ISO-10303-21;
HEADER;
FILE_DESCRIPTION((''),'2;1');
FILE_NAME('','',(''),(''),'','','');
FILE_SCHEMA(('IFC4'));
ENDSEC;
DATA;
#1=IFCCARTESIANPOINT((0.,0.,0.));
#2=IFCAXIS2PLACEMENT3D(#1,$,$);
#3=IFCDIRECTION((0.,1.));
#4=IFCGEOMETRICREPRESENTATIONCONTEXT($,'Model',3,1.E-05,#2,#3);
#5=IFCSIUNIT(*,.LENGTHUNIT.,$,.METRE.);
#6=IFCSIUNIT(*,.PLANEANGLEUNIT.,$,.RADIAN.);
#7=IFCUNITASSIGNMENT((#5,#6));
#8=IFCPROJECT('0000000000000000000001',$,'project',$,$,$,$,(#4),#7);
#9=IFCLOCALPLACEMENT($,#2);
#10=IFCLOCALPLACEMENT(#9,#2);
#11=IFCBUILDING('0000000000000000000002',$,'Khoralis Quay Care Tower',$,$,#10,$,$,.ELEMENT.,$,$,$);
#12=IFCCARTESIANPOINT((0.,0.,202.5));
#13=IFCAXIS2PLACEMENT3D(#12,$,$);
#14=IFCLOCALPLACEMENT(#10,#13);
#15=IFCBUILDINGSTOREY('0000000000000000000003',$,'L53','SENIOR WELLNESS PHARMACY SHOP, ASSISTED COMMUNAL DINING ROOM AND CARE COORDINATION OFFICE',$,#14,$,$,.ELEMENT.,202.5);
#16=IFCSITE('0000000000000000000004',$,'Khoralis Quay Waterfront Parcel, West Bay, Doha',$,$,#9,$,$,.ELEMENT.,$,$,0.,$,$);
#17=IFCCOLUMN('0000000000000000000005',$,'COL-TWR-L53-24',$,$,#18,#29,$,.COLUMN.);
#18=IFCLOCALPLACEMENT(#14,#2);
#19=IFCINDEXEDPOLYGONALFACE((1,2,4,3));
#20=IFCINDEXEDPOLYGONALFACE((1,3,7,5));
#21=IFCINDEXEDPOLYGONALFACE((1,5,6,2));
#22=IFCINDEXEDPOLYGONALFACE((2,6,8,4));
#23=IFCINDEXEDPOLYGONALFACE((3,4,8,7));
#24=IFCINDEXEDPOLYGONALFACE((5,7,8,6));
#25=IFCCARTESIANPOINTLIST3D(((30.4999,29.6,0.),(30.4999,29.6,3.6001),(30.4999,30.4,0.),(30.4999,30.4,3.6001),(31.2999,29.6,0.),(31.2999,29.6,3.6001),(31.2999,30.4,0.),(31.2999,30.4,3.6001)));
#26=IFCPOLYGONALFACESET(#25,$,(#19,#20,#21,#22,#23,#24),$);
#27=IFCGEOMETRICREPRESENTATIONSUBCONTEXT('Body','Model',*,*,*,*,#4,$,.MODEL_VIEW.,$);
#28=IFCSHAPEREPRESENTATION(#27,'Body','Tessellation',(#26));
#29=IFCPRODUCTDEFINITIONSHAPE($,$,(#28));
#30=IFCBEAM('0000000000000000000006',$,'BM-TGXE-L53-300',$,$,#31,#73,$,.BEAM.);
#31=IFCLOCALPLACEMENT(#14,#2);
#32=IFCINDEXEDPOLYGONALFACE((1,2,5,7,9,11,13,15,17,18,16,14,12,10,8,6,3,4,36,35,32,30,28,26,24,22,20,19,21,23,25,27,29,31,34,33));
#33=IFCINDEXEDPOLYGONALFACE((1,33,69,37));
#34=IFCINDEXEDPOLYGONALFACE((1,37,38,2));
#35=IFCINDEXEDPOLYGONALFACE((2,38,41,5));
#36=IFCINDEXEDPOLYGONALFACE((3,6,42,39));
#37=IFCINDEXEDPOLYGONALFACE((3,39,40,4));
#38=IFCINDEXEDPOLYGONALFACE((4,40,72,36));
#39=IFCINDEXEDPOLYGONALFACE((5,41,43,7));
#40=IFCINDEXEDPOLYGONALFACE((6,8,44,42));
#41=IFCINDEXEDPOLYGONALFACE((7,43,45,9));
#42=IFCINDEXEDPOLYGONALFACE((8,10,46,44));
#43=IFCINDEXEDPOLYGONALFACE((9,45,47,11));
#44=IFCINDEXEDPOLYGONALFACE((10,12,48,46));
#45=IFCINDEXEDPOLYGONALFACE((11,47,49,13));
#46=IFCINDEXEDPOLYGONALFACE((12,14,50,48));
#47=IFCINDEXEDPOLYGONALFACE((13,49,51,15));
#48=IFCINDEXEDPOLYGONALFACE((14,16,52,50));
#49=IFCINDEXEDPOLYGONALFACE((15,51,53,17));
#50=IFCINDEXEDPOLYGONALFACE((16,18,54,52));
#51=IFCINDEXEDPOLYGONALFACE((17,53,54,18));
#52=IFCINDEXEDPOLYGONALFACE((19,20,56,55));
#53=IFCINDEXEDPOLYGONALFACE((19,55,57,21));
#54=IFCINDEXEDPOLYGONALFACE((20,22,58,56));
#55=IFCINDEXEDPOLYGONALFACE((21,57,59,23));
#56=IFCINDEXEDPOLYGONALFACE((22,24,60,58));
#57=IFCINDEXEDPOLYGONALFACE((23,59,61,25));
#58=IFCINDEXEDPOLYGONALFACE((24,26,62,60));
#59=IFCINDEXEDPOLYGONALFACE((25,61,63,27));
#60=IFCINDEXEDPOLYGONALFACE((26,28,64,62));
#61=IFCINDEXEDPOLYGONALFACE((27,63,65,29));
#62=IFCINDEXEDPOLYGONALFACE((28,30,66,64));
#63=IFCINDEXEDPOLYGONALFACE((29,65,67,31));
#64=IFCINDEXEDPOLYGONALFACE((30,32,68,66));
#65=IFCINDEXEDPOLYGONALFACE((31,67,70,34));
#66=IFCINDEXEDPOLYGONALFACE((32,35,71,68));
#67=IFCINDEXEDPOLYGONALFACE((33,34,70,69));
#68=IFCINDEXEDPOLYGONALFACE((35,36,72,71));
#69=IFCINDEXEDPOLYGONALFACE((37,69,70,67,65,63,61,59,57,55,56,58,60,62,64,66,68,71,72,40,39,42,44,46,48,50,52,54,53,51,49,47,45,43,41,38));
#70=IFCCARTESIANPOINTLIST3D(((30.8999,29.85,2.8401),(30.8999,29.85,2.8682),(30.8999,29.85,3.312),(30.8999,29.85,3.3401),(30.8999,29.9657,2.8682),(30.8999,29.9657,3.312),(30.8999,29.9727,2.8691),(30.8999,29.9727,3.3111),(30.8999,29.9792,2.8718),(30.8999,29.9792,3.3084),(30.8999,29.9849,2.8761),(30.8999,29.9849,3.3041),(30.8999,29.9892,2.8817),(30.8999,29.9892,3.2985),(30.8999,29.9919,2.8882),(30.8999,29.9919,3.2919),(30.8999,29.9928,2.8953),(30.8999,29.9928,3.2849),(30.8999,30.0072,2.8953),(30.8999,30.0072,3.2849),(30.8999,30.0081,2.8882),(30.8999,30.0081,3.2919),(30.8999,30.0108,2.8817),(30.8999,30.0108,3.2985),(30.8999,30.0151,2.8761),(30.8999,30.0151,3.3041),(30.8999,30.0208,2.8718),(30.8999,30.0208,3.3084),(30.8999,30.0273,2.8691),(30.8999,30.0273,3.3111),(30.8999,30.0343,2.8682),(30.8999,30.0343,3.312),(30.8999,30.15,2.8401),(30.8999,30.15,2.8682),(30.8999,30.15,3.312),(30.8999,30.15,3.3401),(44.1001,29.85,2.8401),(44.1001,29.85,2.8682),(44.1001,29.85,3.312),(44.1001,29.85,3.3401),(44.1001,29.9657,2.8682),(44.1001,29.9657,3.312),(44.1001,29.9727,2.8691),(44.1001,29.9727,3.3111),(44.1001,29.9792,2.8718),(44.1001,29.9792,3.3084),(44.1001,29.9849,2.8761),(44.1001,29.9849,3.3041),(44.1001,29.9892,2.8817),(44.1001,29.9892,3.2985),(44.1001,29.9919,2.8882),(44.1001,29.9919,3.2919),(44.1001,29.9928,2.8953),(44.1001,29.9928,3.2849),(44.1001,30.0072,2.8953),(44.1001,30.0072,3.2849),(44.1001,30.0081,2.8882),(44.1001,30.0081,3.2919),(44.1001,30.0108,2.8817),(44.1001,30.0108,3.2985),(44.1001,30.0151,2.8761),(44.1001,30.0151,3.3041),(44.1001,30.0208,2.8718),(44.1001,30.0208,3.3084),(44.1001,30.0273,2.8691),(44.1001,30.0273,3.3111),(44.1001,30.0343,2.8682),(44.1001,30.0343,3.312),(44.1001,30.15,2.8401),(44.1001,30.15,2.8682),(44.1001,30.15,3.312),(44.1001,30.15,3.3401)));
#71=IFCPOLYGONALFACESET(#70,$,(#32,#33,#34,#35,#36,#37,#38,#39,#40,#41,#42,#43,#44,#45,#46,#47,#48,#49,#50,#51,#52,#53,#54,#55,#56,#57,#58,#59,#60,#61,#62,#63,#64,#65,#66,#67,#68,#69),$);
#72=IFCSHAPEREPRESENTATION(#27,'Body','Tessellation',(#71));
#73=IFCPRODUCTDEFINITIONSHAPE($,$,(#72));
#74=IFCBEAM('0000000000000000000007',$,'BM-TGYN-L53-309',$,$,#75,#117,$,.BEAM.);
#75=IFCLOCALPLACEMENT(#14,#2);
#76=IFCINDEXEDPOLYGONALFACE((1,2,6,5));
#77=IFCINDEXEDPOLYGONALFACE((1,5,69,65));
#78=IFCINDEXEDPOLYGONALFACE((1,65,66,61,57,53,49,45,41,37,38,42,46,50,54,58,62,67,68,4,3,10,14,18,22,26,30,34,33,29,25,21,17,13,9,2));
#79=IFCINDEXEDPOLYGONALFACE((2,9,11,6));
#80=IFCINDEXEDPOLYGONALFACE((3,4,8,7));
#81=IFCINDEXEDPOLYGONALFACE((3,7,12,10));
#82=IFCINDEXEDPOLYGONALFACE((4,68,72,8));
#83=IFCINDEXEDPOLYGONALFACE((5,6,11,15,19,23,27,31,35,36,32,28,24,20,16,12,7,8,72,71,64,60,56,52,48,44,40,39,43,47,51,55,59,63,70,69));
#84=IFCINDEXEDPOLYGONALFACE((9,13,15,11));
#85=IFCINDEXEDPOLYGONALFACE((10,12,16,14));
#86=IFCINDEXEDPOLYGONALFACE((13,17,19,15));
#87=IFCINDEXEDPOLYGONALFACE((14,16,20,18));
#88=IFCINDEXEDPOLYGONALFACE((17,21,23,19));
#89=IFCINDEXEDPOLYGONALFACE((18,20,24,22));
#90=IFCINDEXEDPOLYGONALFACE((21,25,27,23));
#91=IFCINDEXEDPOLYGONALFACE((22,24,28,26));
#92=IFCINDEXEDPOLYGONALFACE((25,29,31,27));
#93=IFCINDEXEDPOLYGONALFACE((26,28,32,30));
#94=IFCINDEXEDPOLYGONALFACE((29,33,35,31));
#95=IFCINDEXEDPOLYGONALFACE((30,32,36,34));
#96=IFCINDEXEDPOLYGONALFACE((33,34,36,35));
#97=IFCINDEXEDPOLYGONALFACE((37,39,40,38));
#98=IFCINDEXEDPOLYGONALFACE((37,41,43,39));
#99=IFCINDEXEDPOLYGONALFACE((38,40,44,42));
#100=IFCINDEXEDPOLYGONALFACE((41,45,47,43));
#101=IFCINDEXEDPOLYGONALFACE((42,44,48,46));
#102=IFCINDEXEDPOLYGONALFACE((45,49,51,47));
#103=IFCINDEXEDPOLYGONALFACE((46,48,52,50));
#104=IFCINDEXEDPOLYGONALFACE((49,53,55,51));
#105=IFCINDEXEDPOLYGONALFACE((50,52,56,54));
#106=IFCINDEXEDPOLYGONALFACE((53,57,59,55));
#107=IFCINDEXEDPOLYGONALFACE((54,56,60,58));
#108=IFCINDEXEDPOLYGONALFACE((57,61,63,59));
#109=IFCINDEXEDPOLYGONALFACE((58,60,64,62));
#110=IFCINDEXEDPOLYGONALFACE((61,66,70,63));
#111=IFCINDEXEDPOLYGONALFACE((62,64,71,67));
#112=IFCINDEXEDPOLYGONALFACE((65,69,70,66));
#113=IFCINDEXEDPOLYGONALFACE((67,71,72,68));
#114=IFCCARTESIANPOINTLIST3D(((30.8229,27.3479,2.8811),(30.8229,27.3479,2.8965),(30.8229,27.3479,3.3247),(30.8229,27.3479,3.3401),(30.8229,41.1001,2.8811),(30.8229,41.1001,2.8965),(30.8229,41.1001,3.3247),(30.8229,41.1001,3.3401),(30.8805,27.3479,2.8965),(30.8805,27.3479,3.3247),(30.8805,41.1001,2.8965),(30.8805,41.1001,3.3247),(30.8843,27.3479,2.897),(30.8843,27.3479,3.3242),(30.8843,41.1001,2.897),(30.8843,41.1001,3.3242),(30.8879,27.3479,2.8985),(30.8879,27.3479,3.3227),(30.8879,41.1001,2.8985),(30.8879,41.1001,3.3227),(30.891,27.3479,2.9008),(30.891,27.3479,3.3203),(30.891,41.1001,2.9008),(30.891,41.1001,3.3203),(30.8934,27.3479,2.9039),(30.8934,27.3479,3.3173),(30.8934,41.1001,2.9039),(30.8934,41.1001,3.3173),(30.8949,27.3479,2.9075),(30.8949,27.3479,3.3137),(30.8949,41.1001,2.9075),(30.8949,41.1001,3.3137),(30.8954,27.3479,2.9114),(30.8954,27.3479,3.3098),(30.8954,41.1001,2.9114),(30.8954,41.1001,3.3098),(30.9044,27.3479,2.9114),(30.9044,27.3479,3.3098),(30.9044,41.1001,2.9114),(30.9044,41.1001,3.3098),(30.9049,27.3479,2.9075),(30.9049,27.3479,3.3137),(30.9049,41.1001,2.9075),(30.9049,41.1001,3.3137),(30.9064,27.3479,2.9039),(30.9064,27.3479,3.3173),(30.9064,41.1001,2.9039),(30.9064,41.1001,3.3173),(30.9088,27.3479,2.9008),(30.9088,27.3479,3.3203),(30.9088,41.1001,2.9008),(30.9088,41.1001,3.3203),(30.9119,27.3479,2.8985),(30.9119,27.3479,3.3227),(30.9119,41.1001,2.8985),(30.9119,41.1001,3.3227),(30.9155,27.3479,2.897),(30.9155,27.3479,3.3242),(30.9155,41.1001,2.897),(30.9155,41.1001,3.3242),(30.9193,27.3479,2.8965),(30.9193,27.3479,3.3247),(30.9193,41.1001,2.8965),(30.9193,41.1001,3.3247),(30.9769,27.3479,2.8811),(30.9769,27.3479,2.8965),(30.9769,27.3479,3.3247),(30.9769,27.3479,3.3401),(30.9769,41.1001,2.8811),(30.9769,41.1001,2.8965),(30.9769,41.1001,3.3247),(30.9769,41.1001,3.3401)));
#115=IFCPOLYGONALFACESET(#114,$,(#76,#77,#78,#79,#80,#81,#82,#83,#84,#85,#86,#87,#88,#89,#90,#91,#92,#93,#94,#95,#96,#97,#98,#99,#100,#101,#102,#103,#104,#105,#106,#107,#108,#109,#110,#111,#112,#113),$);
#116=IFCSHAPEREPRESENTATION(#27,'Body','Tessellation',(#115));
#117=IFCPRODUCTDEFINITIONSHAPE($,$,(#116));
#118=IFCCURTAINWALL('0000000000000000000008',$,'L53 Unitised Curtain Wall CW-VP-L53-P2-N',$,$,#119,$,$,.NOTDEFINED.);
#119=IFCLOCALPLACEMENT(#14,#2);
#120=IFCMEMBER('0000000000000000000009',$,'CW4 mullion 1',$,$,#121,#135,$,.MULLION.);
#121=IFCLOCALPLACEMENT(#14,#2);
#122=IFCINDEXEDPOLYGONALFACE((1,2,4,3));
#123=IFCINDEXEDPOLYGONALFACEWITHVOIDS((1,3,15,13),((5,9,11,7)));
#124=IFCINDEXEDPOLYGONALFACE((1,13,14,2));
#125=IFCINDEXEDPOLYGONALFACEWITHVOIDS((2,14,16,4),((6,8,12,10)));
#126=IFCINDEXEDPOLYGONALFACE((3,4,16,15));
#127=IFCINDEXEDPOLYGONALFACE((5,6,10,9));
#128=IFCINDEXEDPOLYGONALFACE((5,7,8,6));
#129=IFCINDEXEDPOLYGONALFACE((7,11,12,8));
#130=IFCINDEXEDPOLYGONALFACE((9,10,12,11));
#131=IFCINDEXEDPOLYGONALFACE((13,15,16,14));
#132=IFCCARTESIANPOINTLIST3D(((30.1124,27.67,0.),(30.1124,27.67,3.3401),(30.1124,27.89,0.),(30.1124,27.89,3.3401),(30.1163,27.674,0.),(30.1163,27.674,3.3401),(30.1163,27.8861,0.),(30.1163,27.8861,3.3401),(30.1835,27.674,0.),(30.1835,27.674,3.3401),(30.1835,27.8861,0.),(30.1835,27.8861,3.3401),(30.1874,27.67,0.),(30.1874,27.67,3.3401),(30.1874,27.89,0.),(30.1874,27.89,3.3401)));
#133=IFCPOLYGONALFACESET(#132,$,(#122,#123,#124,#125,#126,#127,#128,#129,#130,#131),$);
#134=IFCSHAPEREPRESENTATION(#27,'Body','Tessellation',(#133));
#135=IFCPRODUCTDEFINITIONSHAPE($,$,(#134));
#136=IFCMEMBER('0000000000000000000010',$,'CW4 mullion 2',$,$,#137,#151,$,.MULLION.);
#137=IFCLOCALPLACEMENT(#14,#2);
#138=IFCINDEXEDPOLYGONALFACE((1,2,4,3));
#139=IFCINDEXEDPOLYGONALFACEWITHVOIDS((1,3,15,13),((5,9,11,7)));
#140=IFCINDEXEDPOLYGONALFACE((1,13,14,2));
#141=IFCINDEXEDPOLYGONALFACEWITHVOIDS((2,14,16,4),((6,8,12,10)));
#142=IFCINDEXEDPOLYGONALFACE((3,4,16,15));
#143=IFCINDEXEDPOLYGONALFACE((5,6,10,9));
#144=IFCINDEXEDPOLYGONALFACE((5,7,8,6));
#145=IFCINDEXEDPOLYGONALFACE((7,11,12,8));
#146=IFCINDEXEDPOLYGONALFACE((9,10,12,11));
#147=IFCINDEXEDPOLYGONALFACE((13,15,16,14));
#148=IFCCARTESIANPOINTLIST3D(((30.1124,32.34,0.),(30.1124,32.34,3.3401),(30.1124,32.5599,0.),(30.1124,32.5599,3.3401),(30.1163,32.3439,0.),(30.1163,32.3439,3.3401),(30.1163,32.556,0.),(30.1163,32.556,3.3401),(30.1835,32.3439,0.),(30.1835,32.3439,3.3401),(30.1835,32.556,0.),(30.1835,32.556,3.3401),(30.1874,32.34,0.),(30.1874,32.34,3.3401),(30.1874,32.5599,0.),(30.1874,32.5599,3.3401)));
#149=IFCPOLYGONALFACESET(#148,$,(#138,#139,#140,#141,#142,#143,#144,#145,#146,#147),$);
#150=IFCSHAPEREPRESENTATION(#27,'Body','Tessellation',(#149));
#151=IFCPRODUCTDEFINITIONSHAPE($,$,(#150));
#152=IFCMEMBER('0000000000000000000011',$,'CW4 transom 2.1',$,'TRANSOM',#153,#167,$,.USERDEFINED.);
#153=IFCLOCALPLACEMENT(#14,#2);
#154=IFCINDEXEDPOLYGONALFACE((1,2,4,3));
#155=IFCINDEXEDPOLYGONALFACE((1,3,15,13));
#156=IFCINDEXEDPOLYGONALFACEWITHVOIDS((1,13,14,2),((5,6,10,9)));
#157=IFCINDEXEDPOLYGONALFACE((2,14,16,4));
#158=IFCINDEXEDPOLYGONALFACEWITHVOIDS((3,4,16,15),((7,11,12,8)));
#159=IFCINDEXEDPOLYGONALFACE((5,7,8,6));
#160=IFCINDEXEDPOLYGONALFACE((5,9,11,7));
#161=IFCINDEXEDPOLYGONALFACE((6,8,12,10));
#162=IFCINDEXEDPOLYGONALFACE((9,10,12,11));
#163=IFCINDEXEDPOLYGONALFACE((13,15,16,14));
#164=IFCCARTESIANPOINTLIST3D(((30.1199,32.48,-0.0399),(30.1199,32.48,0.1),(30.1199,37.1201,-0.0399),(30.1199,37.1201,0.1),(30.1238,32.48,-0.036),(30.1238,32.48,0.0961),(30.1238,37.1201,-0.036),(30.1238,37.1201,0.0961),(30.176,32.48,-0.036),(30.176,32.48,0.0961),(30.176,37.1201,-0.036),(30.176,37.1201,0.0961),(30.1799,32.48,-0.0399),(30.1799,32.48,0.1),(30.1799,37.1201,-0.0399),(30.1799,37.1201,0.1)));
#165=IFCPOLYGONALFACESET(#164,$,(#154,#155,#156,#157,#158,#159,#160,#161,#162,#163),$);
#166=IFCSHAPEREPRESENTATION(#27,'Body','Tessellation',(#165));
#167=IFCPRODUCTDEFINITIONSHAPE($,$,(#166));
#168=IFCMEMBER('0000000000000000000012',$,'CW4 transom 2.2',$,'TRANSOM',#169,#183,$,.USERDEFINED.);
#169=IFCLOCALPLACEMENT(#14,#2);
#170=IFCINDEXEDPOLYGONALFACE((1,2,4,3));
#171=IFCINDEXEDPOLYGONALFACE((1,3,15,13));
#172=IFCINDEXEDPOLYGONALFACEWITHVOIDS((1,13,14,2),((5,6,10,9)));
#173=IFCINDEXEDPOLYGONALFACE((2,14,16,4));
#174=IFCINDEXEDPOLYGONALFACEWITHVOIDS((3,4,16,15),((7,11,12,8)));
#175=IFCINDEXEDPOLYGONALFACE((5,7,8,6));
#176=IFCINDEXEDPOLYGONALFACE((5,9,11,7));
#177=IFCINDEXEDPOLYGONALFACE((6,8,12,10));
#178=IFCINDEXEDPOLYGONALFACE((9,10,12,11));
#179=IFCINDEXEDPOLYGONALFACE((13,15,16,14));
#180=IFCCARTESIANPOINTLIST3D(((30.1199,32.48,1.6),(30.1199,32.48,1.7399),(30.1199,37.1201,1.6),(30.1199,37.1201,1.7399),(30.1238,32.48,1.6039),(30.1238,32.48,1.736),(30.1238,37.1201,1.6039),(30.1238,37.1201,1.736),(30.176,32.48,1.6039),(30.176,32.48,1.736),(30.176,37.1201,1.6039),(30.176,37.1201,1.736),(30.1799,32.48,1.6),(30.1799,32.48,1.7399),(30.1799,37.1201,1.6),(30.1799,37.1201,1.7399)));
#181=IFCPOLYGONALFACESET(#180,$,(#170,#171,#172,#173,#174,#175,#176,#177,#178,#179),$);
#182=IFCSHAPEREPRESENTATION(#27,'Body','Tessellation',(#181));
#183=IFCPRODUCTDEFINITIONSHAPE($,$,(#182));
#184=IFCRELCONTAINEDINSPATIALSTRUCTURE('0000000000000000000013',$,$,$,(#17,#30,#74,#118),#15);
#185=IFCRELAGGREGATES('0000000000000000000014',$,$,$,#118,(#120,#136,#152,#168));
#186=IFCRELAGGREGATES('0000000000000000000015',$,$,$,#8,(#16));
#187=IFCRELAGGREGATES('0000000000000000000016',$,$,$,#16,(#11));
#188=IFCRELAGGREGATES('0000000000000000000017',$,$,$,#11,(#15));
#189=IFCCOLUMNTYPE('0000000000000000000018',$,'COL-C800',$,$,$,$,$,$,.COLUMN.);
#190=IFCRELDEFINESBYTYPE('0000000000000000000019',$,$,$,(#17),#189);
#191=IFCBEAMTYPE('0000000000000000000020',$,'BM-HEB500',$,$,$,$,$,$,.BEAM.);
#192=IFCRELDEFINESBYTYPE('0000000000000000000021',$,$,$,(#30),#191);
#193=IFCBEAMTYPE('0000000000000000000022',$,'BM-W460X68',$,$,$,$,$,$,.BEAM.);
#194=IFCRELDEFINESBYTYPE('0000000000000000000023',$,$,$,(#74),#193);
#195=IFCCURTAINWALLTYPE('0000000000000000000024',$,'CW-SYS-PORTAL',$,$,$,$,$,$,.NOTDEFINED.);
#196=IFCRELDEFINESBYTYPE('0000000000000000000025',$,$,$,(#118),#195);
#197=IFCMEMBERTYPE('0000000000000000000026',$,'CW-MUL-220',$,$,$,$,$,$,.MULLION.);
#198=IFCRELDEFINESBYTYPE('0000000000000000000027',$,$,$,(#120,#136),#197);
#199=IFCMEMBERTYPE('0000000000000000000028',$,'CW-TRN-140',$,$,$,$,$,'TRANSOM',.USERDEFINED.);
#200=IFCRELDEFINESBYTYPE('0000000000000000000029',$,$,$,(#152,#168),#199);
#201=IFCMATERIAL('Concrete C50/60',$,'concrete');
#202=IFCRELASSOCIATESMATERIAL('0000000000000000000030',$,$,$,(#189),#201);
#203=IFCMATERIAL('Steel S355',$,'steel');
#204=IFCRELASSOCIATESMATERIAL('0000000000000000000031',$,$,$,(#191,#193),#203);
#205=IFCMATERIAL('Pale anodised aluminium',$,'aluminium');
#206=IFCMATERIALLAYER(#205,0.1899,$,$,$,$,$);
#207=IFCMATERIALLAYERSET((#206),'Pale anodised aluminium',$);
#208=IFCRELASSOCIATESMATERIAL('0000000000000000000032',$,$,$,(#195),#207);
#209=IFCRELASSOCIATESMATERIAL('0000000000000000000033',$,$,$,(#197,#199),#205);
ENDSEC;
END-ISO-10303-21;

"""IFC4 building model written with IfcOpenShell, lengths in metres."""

from ifc_helpers import new_model, si_unit, direction, frame, origin, origin_2d, place, context, subcontext, project, spatial, rectangle, hollow_rectangle, i_section, extrude, source, transform, mapped, material, layer, layer_set, material_profile, profile_set, type_object, element, aggregate, save


model = new_model("IFC4")

# Units and contexts
model_context = context("Model", 3, precision=1e-05, world=origin(), true_north=direction((0.0, 1.0)))
body_context = subcontext(model_context, "Body", "Model", "MODEL_VIEW")
ifc_project = project(units=[si_unit("LENGTHUNIT", "METRE"), si_unit("PLANEANGLEUNIT", "RADIAN")], contexts=[model_context])

# Site, building, storey
site_placement = place(None, origin())
site = spatial("IfcSite", under=ifc_project, at=site_placement, Name="Khoralis Quay Waterfront Parcel, West Bay, Doha", CompositionType="ELEMENT", RefElevation=0.0)
building_placement = place(site_placement, origin())
building = spatial("IfcBuilding", under=site, at=building_placement, Name="Khoralis Quay Care Tower", CompositionType="ELEMENT")
storey_placement = place(building_placement, frame((0.0, 0.0, 202.5)))
storey = spatial("IfcBuildingStorey", under=building, at=storey_placement, Name="L53", Description="SENIOR WELLNESS PHARMACY SHOP, ASSISTED COMMUNAL DINING ROOM AND CARE COORDINATION OFFICE", CompositionType="ELEMENT", Elevation=202.5)

# Column
ifc_material_1 = material(Name="Concrete C50/60", Category="concrete")
ifc_material_profile_1 = material_profile(ifc_material_1, rectangle(XDim=0.8, YDim=0.8, at=origin_2d()), Name="Concrete C50/60")
ifc_profile_set_1 = profile_set([ifc_material_profile_1], Name="Concrete C50/60")
column_type = type_object("IfcColumnType", Name="COL-C800", PredefinedType="COLUMN", material=ifc_profile_set_1)
shared_shape_1 = source(origin(), body_context, "Body", "SweptSolid", [
    extrude(rectangle(XDim=0.8, YDim=0.8, at=origin_2d()), origin(), (0.0, 0.0, 1.0), 3.6001),
])
column_placement = place(storey_placement, frame((30.8999, 30.0, 0.0), z_axis=(0.0, 0.0, 1.0), x_axis=(1.0, 0.0, 0.0)))
element("IfcColumn", 1, at=column_placement, inside=storey, type_object=column_type, Name="COL-TWR-L53-24", PredefinedType="COLUMN", context=body_context, shape_type="MappedRepresentation", body=[
    mapped(shared_shape_1, transform((0.0, 0.0, 0.0), scale=1.0)),
])

# Beams
ifc_material_2 = material(Name="Steel S355", Category="steel")
ifc_material_profile_2 = material_profile(ifc_material_2, i_section(OverallWidth=0.3, OverallDepth=0.5, WebThickness=0.0144, FlangeThickness=0.0281, FilletRadius=0.0271, at=origin_2d()), Name="Steel S355")
ifc_profile_set_2 = profile_set([ifc_material_profile_2], Name="Steel S355")
beam_type_1 = type_object("IfcBeamType", Name="BM-HEB500", PredefinedType="BEAM", material=ifc_profile_set_2)
shared_shape_2 = source(origin(), body_context, "Body", "SweptSolid", [
    extrude(i_section(OverallWidth=0.3, OverallDepth=0.5, WebThickness=0.0144, FlangeThickness=0.0281, FilletRadius=0.0271, at=origin_2d()), origin(), (0.0, 0.0, 1.0), 13.2002),
])
beam_1_placement = place(storey_placement, frame((30.8999, 30.0, 3.0901), z_axis=(1.0, 0.0, 0.0), x_axis=(0.0, 1.0, 0.0)))
element("IfcBeam", 2, at=beam_1_placement, inside=storey, type_object=beam_type_1, Name="BM-TGXE-L53-300", PredefinedType="BEAM", context=body_context, shape_type="MappedRepresentation", body=[
    mapped(shared_shape_2, transform((0.0, 0.0, 0.0), scale=1.0)),
])
ifc_material_profile_3 = material_profile(ifc_material_2, i_section(OverallWidth=0.1541, OverallDepth=0.459, WebThickness=0.009, FlangeThickness=0.0154, FilletRadius=0.0149, at=origin_2d()), Name="Steel S355")
ifc_profile_set_3 = profile_set([ifc_material_profile_3], Name="Steel S355")
beam_type_2 = type_object("IfcBeamType", Name="BM-W460X68", PredefinedType="BEAM", material=ifc_profile_set_3)
shared_shape_3 = source(origin(), body_context, "Body", "SweptSolid", [
    extrude(i_section(OverallWidth=0.1541, OverallDepth=0.459, WebThickness=0.009, FlangeThickness=0.0154, FilletRadius=0.0149, at=origin_2d()), origin(), (0.0, 0.0, 1.0), 13.7522),
])
beam_2_placement = place(storey_placement, frame((30.8999, 27.3479, 3.1106), z_axis=(0.0, 1.0, 0.0), x_axis=(-1.0, 0.0, 0.0)))
element("IfcBeam", 3, at=beam_2_placement, inside=storey, type_object=beam_type_2, Name="BM-TGYN-L53-309", PredefinedType="BEAM", context=body_context, shape_type="MappedRepresentation", body=[
    mapped(shared_shape_3, transform((0.0, 0.0, 0.0), scale=1.0)),
])

# Curtain wall, members
ifc_material_3 = material(Name="Pale anodised aluminium", Category="aluminium")
ifc_layer_1 = layer(ifc_material_3, 0.1899)
ifc_layer_set_1 = layer_set([ifc_layer_1], Name="Pale anodised aluminium")
curtain_wall_type = type_object("IfcCurtainWallType", Name="CW-SYS-PORTAL", PredefinedType="NOTDEFINED", material=ifc_layer_set_1)
curtain_wall_placement = place(storey_placement, origin())
curtain_wall = element("IfcCurtainWall", 4, at=curtain_wall_placement, inside=storey, type_object=curtain_wall_type, Name="L53 Unitised Curtain Wall CW-VP-L53-P2-N", PredefinedType="NOTDEFINED")
ifc_material_profile_4 = material_profile(ifc_material_3, hollow_rectangle(XDim=0.075, YDim=0.22, WallThickness=0.0039, at=origin_2d()), Name="Pale anodised aluminium")
ifc_profile_set_4 = profile_set([ifc_material_profile_4], Name="Pale anodised aluminium")
member_type_1 = type_object("IfcMemberType", Name="CW-MUL-220", PredefinedType="MULLION", material=ifc_profile_set_4)
shared_shape_4 = source(origin(), body_context, "Body", "SweptSolid", [
    extrude(hollow_rectangle(XDim=0.075, YDim=0.22, WallThickness=0.0039, at=origin_2d()), origin(), (0.0, 0.0, 1.0), 3.3401),
])
member_1_placement = place(storey_placement, frame((30.1499, 27.78, 0.0), z_axis=(0.0, 0.0, 1.0), x_axis=(-1.0, 0.0, 0.0)))
member_1 = element("IfcMember", 5, at=member_1_placement, type_object=member_type_1, Name="CW4 mullion 1", PredefinedType="MULLION", context=body_context, shape_type="MappedRepresentation", body=[
    mapped(shared_shape_4, transform((0.0, 0.0, 0.0), scale=1.0)),
])
member_2_placement = place(storey_placement, frame((30.1499, 32.45, 0.0), z_axis=(0.0, 0.0, 1.0), x_axis=(-1.0, 0.0, 0.0)))
member_2 = element("IfcMember", 6, at=member_2_placement, type_object=member_type_1, Name="CW4 mullion 2", PredefinedType="MULLION", context=body_context, shape_type="MappedRepresentation", body=[
    mapped(shared_shape_4, transform((0.0, 0.0, 0.0), scale=1.0)),
])
ifc_material_profile_5 = material_profile(ifc_material_3, hollow_rectangle(XDim=0.0601, YDim=0.1399, WallThickness=0.0039, at=origin_2d()), Name="Pale anodised aluminium")
ifc_profile_set_5 = profile_set([ifc_material_profile_5], Name="Pale anodised aluminium")
member_type_2 = type_object("IfcMemberType", Name="CW-TRN-140", ElementType="TRANSOM", PredefinedType="USERDEFINED", material=ifc_profile_set_5)
shared_shape_5 = source(origin(), body_context, "Body", "SweptSolid", [
    extrude(hollow_rectangle(XDim=0.0601, YDim=0.1399, WallThickness=0.0039, at=origin_2d()), origin(), (0.0, 0.0, 1.0), 4.6401),
])
member_3_placement = place(storey_placement, frame((30.1499, 32.48, 0.03), z_axis=(0.0, 1.0, 0.0), x_axis=(-1.0, 0.0, 0.0)))
member_3 = element("IfcMember", 7, at=member_3_placement, type_object=member_type_2, Name="CW4 transom 2.1", ObjectType="TRANSOM", PredefinedType="USERDEFINED", context=body_context, shape_type="MappedRepresentation", body=[
    mapped(shared_shape_5, transform((0.0, 0.0, 0.0), scale=1.0)),
])
member_4_placement = place(storey_placement, frame((30.1499, 32.48, 1.6699), z_axis=(0.0, 1.0, 0.0), x_axis=(-1.0, 0.0, 0.0)))
member_4 = element("IfcMember", 8, at=member_4_placement, type_object=member_type_2, Name="CW4 transom 2.2", ObjectType="TRANSOM", PredefinedType="USERDEFINED", context=body_context, shape_type="MappedRepresentation", body=[
    mapped(shared_shape_5, transform((0.0, 0.0, 0.0), scale=1.0)),
])
aggregate(curtain_wall, [member_1, member_2, member_3, member_4])

save(model, "model.ifc")
